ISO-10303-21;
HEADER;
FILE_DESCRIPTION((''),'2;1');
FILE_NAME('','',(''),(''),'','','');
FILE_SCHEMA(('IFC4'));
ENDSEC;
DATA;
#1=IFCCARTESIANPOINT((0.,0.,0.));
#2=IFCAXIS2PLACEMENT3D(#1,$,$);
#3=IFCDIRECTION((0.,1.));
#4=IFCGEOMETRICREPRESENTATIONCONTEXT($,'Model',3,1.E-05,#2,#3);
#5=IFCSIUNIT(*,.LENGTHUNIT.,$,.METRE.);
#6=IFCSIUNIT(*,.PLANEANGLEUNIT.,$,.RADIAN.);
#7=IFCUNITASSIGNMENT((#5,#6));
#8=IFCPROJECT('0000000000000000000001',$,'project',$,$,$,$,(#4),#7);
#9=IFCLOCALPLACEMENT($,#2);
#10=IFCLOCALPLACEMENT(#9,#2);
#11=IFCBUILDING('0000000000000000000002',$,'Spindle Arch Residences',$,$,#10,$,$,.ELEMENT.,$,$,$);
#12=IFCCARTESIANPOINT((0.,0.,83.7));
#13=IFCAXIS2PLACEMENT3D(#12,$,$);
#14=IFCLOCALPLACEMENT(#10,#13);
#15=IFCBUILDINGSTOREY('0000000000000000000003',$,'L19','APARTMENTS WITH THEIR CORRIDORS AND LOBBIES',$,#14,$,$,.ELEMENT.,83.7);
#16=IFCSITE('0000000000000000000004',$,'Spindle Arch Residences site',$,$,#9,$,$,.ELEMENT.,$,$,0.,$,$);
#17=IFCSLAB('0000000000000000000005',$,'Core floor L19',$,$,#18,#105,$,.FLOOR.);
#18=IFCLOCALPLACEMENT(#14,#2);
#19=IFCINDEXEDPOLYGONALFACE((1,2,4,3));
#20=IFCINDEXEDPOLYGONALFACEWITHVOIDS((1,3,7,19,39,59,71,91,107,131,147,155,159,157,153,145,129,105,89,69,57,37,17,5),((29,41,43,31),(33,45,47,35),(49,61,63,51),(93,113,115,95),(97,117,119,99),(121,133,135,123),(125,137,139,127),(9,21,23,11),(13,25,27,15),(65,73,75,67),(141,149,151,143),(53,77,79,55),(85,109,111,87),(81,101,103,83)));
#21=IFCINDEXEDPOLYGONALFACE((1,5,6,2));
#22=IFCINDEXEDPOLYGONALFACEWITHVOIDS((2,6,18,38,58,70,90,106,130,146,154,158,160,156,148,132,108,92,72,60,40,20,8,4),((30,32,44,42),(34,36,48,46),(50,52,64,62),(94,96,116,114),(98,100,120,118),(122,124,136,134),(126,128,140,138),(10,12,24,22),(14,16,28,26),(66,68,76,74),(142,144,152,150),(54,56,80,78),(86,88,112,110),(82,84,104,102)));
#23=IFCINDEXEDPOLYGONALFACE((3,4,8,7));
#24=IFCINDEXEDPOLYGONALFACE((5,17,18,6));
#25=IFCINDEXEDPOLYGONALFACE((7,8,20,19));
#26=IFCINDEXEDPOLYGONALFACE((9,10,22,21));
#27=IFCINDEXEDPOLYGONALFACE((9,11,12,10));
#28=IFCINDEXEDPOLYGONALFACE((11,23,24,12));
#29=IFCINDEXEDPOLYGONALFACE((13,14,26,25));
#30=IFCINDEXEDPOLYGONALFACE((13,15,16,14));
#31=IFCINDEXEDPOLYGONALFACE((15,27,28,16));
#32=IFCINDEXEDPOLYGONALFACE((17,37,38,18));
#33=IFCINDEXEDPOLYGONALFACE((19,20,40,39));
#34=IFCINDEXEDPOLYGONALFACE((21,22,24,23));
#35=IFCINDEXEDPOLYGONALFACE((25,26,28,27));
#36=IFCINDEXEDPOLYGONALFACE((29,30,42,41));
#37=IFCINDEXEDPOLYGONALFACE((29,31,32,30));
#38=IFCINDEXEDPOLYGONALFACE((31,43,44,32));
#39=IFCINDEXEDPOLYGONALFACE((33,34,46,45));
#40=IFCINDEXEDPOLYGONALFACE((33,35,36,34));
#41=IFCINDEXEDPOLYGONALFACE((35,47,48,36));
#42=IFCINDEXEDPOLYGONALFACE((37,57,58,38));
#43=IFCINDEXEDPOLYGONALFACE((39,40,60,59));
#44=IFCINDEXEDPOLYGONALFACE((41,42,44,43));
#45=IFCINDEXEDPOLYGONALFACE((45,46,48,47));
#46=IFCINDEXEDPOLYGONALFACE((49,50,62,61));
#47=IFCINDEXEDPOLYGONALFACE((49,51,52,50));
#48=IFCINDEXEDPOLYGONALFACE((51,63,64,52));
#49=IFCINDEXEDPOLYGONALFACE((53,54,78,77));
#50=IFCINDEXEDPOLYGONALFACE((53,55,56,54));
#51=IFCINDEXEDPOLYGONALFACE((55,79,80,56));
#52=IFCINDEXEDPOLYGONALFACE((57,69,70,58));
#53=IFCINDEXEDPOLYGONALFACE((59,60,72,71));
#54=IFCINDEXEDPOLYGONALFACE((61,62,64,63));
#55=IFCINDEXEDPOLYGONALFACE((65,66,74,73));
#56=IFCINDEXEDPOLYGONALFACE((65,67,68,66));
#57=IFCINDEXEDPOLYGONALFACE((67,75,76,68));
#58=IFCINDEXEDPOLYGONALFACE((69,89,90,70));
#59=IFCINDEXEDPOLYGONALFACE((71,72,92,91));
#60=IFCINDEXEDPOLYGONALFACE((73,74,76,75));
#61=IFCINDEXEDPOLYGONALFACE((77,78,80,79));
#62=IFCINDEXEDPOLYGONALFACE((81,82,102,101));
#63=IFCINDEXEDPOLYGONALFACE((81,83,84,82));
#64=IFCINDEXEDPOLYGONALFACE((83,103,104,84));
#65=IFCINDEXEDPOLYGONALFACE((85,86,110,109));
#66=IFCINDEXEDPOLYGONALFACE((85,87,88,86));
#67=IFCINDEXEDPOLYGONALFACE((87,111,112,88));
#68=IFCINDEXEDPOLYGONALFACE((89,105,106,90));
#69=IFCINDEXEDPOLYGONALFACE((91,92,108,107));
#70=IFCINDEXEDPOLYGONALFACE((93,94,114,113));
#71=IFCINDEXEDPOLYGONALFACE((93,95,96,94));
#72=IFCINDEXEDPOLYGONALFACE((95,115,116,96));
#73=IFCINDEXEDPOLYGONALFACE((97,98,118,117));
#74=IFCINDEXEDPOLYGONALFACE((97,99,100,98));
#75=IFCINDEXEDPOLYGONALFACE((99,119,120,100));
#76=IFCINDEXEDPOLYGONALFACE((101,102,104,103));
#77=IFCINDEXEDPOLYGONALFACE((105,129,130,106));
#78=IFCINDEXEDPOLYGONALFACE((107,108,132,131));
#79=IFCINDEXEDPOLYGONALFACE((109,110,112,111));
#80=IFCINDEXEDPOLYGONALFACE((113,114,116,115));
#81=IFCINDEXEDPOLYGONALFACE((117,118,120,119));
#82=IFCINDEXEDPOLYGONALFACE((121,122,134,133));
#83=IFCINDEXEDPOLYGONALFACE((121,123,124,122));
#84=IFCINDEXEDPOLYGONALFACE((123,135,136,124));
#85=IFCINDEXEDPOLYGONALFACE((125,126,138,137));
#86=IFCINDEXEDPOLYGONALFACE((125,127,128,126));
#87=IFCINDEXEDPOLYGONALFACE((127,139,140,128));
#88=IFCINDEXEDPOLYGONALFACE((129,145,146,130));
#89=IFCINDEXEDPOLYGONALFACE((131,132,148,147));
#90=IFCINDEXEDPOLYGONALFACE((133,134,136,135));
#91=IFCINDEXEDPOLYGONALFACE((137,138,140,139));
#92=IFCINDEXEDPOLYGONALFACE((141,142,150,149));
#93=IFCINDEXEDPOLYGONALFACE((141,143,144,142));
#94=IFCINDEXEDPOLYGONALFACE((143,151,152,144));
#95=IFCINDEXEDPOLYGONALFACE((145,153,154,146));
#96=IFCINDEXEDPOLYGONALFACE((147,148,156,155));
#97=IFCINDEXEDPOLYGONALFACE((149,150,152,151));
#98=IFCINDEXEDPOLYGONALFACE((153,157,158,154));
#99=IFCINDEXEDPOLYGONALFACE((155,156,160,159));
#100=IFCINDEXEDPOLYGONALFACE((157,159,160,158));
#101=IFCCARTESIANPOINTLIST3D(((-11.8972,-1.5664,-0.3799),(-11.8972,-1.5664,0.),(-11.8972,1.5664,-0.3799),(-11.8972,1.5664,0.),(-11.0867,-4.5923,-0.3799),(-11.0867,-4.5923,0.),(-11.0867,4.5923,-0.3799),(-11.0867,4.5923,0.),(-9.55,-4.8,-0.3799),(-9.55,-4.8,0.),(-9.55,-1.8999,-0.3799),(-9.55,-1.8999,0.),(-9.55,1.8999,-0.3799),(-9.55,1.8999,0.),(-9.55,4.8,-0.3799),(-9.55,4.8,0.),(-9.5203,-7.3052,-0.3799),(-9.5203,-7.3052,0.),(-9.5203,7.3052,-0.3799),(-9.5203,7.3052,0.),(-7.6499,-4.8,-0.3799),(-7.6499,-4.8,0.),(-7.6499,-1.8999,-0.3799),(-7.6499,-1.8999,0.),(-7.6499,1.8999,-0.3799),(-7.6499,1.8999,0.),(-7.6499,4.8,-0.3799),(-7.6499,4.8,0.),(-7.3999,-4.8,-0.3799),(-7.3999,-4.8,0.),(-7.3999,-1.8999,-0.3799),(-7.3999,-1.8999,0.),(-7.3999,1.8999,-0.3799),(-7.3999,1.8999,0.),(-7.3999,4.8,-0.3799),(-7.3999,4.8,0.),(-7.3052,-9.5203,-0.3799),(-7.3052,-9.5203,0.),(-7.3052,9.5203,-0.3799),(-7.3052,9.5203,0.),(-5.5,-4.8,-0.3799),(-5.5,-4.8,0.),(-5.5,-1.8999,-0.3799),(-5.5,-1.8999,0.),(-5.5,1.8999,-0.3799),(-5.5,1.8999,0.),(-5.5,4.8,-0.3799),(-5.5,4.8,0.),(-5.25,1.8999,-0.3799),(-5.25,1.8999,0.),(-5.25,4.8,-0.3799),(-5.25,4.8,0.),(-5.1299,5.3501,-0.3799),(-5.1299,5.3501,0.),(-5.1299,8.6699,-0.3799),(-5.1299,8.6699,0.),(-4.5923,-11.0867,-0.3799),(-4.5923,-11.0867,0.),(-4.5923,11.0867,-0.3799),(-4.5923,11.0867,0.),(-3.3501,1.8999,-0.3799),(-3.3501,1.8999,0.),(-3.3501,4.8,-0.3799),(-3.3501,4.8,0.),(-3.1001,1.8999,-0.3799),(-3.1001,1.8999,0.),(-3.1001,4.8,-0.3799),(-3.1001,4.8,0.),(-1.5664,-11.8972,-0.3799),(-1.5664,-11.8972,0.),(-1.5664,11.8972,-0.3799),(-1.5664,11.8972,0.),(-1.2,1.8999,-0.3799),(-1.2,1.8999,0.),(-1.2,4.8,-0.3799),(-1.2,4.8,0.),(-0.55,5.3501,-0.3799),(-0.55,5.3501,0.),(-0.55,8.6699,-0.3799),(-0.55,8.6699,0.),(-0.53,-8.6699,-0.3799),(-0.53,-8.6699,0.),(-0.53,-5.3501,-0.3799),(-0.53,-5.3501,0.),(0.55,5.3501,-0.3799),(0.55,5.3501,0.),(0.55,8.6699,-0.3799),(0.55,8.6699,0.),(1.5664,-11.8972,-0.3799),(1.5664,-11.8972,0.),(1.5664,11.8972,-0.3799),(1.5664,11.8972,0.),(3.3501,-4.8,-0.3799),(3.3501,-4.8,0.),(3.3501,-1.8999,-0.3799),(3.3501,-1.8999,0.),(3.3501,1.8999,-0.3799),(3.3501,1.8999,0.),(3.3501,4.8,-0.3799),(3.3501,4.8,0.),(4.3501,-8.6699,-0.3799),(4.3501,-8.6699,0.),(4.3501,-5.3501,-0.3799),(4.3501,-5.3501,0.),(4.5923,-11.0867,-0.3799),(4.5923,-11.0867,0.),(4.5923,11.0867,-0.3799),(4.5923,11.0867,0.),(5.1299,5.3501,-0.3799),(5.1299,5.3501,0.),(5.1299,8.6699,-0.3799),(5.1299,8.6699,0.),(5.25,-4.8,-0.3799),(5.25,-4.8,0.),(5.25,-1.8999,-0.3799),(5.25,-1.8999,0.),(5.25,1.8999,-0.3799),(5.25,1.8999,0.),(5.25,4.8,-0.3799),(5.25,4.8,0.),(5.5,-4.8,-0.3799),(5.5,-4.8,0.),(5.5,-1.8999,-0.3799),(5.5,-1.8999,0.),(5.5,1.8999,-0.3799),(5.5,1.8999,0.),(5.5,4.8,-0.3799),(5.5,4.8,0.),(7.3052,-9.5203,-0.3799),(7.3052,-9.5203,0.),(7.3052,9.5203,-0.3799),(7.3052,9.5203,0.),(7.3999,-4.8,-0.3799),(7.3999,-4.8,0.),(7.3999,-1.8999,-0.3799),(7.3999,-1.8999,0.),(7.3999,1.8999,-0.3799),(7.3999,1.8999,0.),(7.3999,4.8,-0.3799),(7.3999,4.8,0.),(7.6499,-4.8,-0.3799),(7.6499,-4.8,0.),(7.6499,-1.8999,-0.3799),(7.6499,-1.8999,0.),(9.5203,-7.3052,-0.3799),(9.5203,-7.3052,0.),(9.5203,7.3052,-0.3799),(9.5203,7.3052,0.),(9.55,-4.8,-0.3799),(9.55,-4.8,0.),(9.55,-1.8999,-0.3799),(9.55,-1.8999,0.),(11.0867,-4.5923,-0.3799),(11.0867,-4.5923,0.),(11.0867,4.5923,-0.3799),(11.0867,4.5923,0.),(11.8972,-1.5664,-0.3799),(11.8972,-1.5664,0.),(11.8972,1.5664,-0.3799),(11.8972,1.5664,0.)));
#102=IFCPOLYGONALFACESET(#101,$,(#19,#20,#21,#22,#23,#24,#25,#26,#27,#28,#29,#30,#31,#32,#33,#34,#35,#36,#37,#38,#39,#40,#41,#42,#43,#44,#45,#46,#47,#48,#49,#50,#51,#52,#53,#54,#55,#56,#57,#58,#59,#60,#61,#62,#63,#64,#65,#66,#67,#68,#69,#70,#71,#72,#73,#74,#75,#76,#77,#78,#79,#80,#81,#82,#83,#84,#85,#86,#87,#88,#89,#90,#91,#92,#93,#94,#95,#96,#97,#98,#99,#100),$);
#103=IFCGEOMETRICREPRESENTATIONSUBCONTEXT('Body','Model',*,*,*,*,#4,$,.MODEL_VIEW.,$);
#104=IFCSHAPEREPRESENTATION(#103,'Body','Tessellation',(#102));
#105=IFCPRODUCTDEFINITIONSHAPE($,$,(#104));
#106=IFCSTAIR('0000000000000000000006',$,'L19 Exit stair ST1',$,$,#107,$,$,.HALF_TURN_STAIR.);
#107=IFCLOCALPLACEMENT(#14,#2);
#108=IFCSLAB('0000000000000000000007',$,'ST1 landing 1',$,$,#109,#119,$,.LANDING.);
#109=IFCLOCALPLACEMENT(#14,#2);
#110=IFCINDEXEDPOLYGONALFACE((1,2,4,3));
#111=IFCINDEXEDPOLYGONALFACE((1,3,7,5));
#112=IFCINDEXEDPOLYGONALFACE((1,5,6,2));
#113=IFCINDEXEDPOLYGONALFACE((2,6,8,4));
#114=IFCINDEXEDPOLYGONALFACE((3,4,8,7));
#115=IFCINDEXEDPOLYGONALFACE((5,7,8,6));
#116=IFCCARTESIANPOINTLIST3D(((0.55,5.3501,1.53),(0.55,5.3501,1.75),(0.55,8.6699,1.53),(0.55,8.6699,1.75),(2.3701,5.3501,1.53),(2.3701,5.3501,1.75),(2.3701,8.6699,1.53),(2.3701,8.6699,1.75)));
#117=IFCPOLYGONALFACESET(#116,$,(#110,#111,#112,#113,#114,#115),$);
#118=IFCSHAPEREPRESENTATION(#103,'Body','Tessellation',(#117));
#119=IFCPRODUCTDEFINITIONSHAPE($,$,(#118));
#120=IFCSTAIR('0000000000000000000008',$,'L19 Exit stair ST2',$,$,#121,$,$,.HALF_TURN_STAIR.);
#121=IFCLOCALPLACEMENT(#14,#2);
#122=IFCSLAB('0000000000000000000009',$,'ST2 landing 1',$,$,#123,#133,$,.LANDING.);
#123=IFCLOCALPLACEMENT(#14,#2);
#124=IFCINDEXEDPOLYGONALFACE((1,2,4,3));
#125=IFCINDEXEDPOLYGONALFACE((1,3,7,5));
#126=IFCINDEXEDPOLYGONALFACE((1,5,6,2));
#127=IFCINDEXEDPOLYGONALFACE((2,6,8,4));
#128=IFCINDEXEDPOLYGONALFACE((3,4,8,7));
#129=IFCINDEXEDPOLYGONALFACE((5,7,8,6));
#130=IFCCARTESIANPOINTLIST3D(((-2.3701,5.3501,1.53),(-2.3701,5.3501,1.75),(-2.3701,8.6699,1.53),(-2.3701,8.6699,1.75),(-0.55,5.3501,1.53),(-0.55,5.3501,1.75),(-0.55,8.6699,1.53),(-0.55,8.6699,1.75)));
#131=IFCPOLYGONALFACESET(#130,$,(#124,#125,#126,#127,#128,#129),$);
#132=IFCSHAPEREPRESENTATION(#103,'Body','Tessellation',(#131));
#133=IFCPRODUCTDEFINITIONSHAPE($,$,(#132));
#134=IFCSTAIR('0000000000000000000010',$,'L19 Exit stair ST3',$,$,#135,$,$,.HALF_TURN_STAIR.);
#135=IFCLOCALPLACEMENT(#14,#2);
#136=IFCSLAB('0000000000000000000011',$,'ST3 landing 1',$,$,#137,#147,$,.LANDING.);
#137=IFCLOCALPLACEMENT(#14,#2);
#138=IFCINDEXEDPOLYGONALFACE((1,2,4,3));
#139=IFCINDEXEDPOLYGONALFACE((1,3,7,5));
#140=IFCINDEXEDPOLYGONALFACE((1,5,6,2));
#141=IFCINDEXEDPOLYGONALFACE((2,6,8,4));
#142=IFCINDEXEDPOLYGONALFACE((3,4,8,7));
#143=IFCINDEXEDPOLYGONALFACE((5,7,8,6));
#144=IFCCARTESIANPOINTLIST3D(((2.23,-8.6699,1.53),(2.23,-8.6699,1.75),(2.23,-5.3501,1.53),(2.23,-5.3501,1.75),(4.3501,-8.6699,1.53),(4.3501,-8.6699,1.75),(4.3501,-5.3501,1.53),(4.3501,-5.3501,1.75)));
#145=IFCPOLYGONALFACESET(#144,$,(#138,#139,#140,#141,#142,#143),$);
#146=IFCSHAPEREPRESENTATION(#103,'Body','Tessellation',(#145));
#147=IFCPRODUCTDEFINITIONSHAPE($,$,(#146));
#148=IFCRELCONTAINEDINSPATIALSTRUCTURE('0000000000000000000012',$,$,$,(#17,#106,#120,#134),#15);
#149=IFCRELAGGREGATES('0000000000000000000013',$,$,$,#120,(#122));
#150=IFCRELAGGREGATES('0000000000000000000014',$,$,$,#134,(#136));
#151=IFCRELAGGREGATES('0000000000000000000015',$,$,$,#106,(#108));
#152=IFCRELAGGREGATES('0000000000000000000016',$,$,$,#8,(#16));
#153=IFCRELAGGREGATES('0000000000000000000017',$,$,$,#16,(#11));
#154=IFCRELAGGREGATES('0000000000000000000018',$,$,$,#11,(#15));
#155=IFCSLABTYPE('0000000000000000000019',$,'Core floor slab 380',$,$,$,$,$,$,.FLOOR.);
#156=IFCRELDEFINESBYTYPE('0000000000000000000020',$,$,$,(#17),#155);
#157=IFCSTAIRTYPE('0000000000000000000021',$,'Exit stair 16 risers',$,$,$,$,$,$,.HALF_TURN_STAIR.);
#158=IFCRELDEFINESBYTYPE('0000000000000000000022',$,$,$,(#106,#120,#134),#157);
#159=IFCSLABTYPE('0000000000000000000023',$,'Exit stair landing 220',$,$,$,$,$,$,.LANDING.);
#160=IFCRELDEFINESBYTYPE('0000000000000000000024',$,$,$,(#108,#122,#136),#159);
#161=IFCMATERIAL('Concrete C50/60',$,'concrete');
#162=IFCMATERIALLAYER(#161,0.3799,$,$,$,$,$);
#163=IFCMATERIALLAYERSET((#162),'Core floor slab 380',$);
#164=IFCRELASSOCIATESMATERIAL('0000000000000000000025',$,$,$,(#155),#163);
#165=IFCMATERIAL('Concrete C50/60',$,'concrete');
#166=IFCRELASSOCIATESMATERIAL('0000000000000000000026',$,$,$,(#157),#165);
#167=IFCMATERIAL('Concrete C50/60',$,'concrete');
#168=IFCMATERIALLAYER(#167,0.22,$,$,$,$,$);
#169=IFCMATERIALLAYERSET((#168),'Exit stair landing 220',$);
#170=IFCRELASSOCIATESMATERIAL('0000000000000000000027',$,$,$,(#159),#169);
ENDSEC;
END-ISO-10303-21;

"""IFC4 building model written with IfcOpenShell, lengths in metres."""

from ifc_helpers import new_model, si_unit, direction, frame, origin, place, context, subcontext, project, spatial, polyline, outline, extrude, material, layer, layer_set, type_object, element, aggregate, save


model = new_model("IFC4")

# Units and contexts
model_context = context("Model", 3, precision=1e-05, world=origin(), true_north=direction((0.0, 1.0)))
body_context = subcontext(model_context, "Body", "Model", "MODEL_VIEW")
ifc_project = project(units=[si_unit("LENGTHUNIT", "METRE"), si_unit("PLANEANGLEUNIT", "RADIAN")], contexts=[model_context])

# Site, building, storey
site_placement = place(None, origin())
site = spatial("IfcSite", under=ifc_project, at=site_placement, Name="Spindle Arch Residences site", CompositionType="ELEMENT", RefElevation=0.0)
building_placement = place(site_placement, origin())
building = spatial("IfcBuilding", under=site, at=building_placement, Name="Spindle Arch Residences", CompositionType="ELEMENT")
storey_placement = place(building_placement, frame((0.0, 0.0, 83.7)))
storey = spatial("IfcBuildingStorey", under=building, at=storey_placement, Name="L19", Description="APARTMENTS WITH THEIR CORRIDORS AND LOBBIES", CompositionType="ELEMENT", Elevation=83.7)

# Slab
ifc_material_1 = material(Name="Concrete C50/60", Category="concrete")
ifc_layer_1 = layer(ifc_material_1, 0.3799)
ifc_layer_set_1 = layer_set([ifc_layer_1], Name="Core floor slab 380")
slab_type_1 = type_object("IfcSlabType", Name="Core floor slab 380", PredefinedType="FLOOR", material=ifc_layer_set_1)
slab_1_placement = place(storey_placement, frame((0.0, 0.0, -0.3799)))
element("IfcSlab", 1, at=slab_1_placement, inside=storey, type_object=slab_type_1, Name="Core floor L19", PredefinedType="FLOOR", context=body_context, shape_type="SweptSolid", body=[
    extrude(outline(polyline([(1.5664, -11.8972), (4.5923, -11.0867), (7.3052, -9.5203), (9.5203, -7.3052), (11.0867, -4.5923), (11.8972, -1.5664), (11.8972, 1.5664), (11.0867, 4.5923), (9.5203, 7.3052), (7.3052, 9.5203), (4.5923, 11.0867), (1.5664, 11.8972), (-1.5664, 11.8972), (-4.5923, 11.0867), (-7.3052, 9.5203), (-9.5203, 7.3052), (-11.0867, 4.5923), (-11.8972, 1.5664), (-11.8972, -1.5664), (-11.0867, -4.5923), (-9.5203, -7.3052), (-7.3052, -9.5203), (-4.5923, -11.0867), (-1.5664, -11.8972), (1.5664, -11.8972)]), holes=[polyline([(-9.55, 1.8999), (-7.6499, 1.8999), (-7.6499, 4.8), (-9.55, 4.8), (-9.55, 1.8999)]), polyline([(-7.3999, 1.8999), (-5.5, 1.8999), (-5.5, 4.8), (-7.3999, 4.8), (-7.3999, 1.8999)]), polyline([(-5.25, 1.8999), (-3.3501, 1.8999), (-3.3501, 4.8), (-5.25, 4.8), (-5.25, 1.8999)]), polyline([(-3.1001, 1.8999), (-1.2, 1.8999), (-1.2, 4.8), (-3.1001, 4.8), (-3.1001, 1.8999)]), polyline([(3.3501, 1.8999), (5.25, 1.8999), (5.25, 4.8), (3.3501, 4.8), (3.3501, 1.8999)]), polyline([(5.5, 1.8999), (7.3999, 1.8999), (7.3999, 4.8), (5.5, 4.8), (5.5, 1.8999)]), polyline([(-9.55, -4.8), (-7.6499, -4.8), (-7.6499, -1.8999), (-9.55, -1.8999), (-9.55, -4.8)]), polyline([(-7.3999, -4.8), (-5.5, -4.8), (-5.5, -1.8999), (-7.3999, -1.8999), (-7.3999, -4.8)]), polyline([(3.3501, -4.8), (5.25, -4.8), (5.25, -1.8999), (3.3501, -1.8999), (3.3501, -4.8)]), polyline([(5.5, -4.8), (7.3999, -4.8), (7.3999, -1.8999), (5.5, -1.8999), (5.5, -4.8)]), polyline([(7.6499, -4.8), (9.55, -4.8), (9.55, -1.8999), (7.6499, -1.8999), (7.6499, -4.8)]), polyline([(5.1299, 8.6699), (0.55, 8.6699), (0.55, 5.3501), (5.1299, 5.3501), (5.1299, 8.6699)]), polyline([(-5.1299, 5.3501), (-0.55, 5.3501), (-0.55, 8.6699), (-5.1299, 8.6699), (-5.1299, 5.3501)]), polyline([(-0.53, -8.6699), (4.3501, -8.6699), (4.3501, -5.3501), (-0.53, -5.3501), (-0.53, -8.6699)])]), origin(), (0.0, 0.0, 1.0), 0.3799),
])

# Stairs, slabs
ifc_material_2 = material(Name="Concrete C50/60", Category="concrete")
stair_type = type_object("IfcStairType", Name="Exit stair 16 risers", PredefinedType="HALF_TURN_STAIR", material=ifc_material_2)
stair_1_placement = place(storey_placement, origin())
stair_1 = element("IfcStair", 2, at=stair_1_placement, inside=storey, type_object=stair_type, Name="L19 Exit stair ST1", PredefinedType="HALF_TURN_STAIR")
ifc_material_3 = material(Name="Concrete C50/60", Category="concrete")
ifc_layer_2 = layer(ifc_material_3, 0.22)
ifc_layer_set_2 = layer_set([ifc_layer_2], Name="Exit stair landing 220")
slab_type_2 = type_object("IfcSlabType", Name="Exit stair landing 220", PredefinedType="LANDING", material=ifc_layer_set_2)
slab_2_placement = place(storey_placement, frame((0.0, 0.0, 1.53)))
slab_2 = element("IfcSlab", 3, at=slab_2_placement, type_object=slab_type_2, Name="ST1 landing 1", PredefinedType="LANDING", context=body_context, shape_type="SweptSolid", body=[
    extrude(outline(polyline([(2.3701, 8.6699), (0.55, 8.6699), (0.55, 5.3501), (2.3701, 5.3501), (2.3701, 8.6699)])), origin(), (0.0, 0.0, 1.0), 0.22),
])
stair_2_placement = place(storey_placement, origin())
stair_2 = element("IfcStair", 4, at=stair_2_placement, inside=storey, type_object=stair_type, Name="L19 Exit stair ST2", PredefinedType="HALF_TURN_STAIR")
slab_3_placement = place(storey_placement, frame((0.0, 0.0, 1.53)))
slab_3 = element("IfcSlab", 5, at=slab_3_placement, type_object=slab_type_2, Name="ST2 landing 1", PredefinedType="LANDING", context=body_context, shape_type="SweptSolid", body=[
    extrude(outline(polyline([(-2.3701, 5.3501), (-0.55, 5.3501), (-0.55, 8.6699), (-2.3701, 8.6699), (-2.3701, 5.3501)])), origin(), (0.0, 0.0, 1.0), 0.22),
])
aggregate(stair_2, [slab_3])
stair_3_placement = place(storey_placement, origin())
stair_3 = element("IfcStair", 6, at=stair_3_placement, inside=storey, type_object=stair_type, Name="L19 Exit stair ST3", PredefinedType="HALF_TURN_STAIR")
slab_4_placement = place(storey_placement, frame((0.0, 0.0, 1.53)))
slab_4 = element("IfcSlab", 7, at=slab_4_placement, type_object=slab_type_2, Name="ST3 landing 1", PredefinedType="LANDING", context=body_context, shape_type="SweptSolid", body=[
    extrude(outline(polyline([(2.23, -8.6699), (4.3501, -8.6699), (4.3501, -5.3501), (2.23, -5.3501), (2.23, -8.6699)])), origin(), (0.0, 0.0, 1.0), 0.22),
])
aggregate(stair_3, [slab_4])

aggregate(stair_1, [slab_2])

save(model, "model.ifc")
